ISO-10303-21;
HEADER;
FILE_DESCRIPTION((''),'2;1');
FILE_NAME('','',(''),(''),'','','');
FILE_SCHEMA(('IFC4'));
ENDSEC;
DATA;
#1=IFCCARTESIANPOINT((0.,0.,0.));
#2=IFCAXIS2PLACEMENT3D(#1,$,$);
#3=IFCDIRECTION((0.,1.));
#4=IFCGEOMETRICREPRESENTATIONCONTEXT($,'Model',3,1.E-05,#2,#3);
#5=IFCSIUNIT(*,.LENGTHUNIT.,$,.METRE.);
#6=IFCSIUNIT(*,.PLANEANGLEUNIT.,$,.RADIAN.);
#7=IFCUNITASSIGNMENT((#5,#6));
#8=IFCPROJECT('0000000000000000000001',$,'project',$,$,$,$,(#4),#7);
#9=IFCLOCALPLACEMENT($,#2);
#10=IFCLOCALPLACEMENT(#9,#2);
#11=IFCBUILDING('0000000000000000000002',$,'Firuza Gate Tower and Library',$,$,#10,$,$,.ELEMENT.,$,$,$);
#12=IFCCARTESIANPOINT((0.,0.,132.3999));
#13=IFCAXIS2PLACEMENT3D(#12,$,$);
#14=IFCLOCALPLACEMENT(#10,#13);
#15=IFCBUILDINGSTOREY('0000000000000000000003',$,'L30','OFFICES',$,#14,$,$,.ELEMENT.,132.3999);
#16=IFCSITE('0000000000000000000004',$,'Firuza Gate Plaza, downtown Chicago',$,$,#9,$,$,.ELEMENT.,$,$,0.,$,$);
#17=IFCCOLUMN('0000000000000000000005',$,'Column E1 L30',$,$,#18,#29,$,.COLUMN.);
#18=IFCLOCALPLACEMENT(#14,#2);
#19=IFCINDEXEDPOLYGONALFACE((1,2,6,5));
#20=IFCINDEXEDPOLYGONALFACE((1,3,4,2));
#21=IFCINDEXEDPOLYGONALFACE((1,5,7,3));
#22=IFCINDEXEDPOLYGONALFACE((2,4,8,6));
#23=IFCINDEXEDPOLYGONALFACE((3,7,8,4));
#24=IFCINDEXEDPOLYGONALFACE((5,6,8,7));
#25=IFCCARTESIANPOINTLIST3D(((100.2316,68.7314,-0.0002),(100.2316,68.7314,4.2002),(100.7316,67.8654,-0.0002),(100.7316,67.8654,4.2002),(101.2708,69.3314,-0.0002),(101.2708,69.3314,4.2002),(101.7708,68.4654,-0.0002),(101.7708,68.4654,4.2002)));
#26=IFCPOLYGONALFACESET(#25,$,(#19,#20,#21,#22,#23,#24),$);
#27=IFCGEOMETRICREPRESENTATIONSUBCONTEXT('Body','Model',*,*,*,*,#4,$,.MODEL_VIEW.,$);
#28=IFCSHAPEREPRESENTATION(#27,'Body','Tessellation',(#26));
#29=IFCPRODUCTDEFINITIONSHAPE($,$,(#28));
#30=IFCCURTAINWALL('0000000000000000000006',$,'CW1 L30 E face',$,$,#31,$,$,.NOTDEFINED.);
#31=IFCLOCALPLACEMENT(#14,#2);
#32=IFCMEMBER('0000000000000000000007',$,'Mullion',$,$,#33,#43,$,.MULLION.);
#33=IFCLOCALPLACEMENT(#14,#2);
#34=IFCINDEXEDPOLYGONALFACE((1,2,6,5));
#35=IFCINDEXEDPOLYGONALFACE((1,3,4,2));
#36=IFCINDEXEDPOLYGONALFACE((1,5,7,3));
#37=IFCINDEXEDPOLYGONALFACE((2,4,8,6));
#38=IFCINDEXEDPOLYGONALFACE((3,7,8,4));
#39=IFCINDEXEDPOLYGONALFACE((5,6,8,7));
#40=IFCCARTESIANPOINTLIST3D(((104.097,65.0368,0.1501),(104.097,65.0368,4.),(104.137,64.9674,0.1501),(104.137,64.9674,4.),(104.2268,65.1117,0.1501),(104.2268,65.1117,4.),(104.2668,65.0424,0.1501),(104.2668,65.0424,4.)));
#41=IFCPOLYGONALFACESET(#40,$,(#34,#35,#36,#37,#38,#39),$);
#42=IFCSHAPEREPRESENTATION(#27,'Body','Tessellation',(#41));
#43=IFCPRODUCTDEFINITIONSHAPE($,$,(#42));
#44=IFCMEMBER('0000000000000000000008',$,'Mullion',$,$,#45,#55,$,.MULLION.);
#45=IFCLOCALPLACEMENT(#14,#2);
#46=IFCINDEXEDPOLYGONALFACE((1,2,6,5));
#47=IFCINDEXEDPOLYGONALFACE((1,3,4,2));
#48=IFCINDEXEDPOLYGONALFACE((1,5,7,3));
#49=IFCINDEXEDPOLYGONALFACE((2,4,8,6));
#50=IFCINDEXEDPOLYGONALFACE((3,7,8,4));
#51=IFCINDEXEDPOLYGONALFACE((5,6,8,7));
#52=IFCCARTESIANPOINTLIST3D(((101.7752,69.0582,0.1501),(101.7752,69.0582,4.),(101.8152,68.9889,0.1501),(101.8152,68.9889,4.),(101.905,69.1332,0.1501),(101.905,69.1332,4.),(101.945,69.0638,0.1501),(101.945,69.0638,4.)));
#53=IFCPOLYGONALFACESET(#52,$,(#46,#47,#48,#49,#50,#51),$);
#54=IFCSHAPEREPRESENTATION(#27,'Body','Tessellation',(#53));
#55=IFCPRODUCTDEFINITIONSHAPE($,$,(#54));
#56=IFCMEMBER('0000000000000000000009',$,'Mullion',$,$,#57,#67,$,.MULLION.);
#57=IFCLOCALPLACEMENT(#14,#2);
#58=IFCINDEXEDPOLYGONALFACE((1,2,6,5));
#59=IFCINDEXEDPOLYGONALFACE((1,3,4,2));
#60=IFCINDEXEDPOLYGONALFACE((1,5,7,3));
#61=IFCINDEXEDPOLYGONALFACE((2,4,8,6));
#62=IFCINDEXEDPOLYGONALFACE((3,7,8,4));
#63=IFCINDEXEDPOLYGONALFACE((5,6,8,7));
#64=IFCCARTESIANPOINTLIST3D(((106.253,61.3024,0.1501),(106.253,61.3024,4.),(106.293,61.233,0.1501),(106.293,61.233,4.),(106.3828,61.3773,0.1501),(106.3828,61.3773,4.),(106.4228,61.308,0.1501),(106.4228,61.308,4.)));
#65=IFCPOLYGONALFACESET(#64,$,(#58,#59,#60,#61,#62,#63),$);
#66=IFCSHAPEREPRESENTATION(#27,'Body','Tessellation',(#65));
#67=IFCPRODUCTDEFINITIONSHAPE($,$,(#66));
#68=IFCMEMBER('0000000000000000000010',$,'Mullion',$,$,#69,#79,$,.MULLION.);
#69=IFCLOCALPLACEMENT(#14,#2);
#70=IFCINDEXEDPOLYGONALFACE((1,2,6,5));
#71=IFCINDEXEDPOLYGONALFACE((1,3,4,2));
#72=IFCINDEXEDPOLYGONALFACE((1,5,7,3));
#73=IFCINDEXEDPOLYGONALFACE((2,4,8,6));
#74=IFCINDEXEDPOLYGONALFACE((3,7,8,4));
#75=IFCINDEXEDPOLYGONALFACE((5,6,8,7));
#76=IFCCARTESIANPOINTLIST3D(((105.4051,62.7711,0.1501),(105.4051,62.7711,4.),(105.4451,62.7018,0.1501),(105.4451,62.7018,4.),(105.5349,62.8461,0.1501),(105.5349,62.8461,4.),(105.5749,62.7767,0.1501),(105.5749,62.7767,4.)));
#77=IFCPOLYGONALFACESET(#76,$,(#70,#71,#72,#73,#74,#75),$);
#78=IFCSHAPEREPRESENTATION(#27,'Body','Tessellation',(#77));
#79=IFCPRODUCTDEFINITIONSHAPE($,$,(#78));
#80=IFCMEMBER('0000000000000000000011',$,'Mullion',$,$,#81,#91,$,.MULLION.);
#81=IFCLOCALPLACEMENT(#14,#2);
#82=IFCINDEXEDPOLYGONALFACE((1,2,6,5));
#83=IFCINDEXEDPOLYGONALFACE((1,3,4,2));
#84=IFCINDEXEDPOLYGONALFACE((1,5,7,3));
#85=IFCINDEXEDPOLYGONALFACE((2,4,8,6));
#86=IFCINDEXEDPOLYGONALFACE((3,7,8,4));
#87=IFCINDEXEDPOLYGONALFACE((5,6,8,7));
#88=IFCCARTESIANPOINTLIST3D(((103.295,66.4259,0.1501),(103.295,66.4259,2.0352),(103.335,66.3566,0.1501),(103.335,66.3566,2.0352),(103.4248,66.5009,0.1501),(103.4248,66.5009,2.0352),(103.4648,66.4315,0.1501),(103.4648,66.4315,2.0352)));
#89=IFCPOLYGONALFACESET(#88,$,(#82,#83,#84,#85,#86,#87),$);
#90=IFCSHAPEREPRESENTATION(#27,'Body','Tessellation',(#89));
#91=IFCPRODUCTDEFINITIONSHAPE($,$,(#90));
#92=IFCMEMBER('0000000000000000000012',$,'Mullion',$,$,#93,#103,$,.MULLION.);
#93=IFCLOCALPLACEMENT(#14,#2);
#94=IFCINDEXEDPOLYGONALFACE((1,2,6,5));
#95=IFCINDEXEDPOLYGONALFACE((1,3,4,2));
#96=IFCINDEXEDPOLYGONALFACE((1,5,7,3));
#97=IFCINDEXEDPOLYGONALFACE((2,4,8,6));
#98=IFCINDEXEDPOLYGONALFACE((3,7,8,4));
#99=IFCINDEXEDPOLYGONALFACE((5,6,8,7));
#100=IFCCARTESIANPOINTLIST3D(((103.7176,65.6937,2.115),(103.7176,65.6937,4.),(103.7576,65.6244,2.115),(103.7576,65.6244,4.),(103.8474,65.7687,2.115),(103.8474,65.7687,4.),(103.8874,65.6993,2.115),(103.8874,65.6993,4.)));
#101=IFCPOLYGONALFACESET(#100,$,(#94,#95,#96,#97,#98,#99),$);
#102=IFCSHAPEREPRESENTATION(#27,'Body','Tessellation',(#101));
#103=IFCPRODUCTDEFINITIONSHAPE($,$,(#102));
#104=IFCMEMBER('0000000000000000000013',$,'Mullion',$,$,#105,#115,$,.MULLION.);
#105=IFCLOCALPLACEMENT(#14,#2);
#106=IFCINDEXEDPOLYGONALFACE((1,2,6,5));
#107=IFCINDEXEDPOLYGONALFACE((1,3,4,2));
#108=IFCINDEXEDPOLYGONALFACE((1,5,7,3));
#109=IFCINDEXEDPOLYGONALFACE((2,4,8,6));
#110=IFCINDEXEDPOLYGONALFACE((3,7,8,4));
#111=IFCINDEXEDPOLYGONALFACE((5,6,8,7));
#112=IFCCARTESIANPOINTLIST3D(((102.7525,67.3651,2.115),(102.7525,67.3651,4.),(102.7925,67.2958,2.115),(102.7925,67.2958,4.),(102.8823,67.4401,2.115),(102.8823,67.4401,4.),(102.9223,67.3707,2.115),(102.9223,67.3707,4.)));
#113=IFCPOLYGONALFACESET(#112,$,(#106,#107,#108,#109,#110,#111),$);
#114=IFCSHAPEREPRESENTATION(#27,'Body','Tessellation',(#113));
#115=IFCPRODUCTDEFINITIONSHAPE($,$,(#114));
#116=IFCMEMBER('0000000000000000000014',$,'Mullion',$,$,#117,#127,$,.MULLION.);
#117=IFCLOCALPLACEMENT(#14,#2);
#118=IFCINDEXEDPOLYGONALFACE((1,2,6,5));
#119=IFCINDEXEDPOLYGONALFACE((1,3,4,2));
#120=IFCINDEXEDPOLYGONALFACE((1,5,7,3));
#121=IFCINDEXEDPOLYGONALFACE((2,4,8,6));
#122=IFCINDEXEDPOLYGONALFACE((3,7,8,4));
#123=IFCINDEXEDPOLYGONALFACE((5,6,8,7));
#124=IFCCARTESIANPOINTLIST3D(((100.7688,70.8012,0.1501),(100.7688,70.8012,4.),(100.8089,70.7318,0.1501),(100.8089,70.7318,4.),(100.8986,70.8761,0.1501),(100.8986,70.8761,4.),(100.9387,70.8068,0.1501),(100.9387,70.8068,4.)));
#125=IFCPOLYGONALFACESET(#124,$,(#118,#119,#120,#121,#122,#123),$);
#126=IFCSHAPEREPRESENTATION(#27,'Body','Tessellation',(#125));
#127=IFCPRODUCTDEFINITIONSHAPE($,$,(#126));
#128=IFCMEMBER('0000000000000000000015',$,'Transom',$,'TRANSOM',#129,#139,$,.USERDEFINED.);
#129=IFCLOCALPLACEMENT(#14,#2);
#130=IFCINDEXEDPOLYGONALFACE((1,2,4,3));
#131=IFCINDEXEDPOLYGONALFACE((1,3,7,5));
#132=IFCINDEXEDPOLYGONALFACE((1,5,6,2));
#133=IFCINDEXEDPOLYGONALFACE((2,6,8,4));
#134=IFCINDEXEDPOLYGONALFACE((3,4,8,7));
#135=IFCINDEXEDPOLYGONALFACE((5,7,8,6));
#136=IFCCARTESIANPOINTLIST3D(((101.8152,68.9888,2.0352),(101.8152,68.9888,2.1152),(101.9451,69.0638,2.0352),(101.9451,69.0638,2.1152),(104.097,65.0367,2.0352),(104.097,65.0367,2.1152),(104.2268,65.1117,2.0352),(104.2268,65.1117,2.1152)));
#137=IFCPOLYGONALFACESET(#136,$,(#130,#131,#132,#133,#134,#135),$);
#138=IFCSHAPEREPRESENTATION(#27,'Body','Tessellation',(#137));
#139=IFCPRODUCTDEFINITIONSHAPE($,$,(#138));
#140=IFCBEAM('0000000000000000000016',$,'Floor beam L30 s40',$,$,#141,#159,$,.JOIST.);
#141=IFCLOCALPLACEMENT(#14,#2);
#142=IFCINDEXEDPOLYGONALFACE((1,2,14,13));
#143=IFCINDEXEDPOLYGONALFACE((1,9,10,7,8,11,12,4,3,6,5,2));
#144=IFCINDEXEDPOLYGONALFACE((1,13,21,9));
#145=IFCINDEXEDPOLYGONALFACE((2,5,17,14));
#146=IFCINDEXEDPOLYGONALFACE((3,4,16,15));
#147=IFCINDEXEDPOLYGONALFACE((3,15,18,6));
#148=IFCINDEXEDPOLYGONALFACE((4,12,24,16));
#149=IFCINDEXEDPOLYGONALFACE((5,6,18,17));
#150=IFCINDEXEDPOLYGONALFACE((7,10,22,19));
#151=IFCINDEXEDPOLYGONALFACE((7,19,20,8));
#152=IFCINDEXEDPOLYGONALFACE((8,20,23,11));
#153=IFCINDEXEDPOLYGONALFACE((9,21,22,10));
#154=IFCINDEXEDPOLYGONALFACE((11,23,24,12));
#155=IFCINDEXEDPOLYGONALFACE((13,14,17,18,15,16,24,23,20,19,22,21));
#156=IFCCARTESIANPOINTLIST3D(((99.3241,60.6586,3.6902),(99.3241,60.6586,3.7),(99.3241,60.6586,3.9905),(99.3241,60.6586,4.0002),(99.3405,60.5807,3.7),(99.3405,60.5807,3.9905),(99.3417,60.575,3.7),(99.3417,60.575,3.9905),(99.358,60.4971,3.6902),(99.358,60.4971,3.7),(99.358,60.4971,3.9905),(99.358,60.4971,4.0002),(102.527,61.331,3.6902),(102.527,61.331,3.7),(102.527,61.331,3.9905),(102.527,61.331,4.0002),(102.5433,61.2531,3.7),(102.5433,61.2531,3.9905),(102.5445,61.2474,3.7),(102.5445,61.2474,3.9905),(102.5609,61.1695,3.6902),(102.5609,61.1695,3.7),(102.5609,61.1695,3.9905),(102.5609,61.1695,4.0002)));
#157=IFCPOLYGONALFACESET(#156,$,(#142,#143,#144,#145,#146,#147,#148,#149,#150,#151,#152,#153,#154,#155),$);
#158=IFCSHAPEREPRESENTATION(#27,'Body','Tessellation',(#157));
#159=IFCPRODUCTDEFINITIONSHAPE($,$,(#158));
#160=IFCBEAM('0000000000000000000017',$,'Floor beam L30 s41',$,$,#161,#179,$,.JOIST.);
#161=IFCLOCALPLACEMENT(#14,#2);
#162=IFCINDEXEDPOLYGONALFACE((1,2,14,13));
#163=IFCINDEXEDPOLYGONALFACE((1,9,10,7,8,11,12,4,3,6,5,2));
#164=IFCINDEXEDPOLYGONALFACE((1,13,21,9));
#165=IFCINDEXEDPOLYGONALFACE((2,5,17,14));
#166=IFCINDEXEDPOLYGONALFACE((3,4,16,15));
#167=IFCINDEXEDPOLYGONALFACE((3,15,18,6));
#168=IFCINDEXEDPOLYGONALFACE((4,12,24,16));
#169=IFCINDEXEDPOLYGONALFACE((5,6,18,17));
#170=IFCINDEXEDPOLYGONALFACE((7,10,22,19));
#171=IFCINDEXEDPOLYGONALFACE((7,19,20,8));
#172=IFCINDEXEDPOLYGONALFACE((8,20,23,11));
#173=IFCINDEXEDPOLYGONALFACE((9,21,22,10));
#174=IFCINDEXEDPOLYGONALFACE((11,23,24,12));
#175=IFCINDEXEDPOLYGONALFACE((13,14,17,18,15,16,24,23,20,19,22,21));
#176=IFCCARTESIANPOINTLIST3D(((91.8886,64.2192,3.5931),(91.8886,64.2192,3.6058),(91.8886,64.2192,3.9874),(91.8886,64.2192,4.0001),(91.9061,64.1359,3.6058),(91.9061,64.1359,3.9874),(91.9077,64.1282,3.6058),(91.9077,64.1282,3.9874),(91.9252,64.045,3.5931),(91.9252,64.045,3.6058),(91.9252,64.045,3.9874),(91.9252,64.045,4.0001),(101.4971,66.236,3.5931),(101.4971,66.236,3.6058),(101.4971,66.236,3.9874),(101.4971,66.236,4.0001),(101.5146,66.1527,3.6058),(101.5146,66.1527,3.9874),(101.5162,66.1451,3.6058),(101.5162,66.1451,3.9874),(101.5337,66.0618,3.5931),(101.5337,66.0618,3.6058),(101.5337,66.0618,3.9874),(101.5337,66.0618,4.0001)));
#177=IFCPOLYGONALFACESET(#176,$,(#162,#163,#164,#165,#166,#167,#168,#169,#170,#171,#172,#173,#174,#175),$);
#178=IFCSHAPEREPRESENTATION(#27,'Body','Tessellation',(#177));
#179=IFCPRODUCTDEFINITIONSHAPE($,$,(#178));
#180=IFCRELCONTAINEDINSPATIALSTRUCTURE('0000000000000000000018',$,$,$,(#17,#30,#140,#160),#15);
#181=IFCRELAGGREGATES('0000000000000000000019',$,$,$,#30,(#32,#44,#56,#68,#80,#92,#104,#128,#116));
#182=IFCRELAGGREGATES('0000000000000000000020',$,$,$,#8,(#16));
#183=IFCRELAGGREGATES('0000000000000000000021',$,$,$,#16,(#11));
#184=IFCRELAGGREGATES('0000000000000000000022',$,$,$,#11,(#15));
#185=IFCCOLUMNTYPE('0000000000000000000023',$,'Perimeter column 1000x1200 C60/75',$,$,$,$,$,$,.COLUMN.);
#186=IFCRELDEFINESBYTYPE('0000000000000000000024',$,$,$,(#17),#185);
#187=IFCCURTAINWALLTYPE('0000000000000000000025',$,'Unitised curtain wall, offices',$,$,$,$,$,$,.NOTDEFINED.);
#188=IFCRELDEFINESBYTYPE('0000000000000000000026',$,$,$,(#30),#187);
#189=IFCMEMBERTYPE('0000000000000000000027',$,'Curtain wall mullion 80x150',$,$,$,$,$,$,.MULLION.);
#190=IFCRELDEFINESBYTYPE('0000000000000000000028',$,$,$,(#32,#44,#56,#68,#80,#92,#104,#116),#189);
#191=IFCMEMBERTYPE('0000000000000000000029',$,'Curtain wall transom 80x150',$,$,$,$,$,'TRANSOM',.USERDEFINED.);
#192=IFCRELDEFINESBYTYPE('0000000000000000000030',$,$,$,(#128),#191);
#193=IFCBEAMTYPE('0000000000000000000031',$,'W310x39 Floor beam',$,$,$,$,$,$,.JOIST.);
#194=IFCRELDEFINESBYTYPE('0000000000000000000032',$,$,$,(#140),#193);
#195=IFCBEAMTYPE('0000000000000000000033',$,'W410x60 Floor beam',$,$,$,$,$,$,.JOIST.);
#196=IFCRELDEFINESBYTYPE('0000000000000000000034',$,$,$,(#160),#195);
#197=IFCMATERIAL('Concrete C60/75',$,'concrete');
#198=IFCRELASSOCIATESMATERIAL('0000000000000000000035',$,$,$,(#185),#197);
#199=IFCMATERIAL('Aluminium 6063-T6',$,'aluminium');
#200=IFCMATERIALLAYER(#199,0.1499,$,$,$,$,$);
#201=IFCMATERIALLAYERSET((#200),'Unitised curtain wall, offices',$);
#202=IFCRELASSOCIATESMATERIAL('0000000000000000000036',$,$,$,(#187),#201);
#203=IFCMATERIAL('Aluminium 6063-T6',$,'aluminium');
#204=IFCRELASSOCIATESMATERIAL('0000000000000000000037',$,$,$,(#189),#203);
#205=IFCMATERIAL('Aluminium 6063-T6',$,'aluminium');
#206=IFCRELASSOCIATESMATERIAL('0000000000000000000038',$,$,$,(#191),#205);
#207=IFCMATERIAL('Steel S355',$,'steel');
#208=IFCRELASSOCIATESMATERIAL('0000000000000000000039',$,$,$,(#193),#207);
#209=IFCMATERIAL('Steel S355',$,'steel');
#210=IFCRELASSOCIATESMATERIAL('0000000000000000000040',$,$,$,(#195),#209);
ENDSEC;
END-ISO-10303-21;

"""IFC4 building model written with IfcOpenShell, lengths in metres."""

from ifc_helpers import new_model, si_unit, direction, frame, origin, origin_2d, place, context, subcontext, project, spatial, rectangle, i_section, extrude, material, layer, layer_set, material_profile, profile_set, type_object, element, aggregate, save


model = new_model("IFC4")

# Units and contexts
model_context = context("Model", 3, precision=1e-05, world=origin(), true_north=direction((0.0, 1.0)))
body_context = subcontext(model_context, "Body", "Model", "MODEL_VIEW")
ifc_project = project(units=[si_unit("LENGTHUNIT", "METRE"), si_unit("PLANEANGLEUNIT", "RADIAN")], contexts=[model_context])

# Site, building, storey
site_placement = place(None, origin())
site = spatial("IfcSite", under=ifc_project, at=site_placement, Name="Firuza Gate Plaza, downtown Chicago", CompositionType="ELEMENT", RefElevation=0.0)
building_placement = place(site_placement, origin())
building = spatial("IfcBuilding", under=site, at=building_placement, Name="Firuza Gate Tower and Library", CompositionType="ELEMENT")
storey_placement = place(building_placement, frame((0.0, 0.0, 132.3999)))
storey = spatial("IfcBuildingStorey", under=building, at=storey_placement, Name="L30", Description="OFFICES", CompositionType="ELEMENT", Elevation=132.3999)

# Column
ifc_material_1 = material(Name="Concrete C60/75", Category="concrete")
ifc_material_profile_1 = material_profile(ifc_material_1, rectangle(XDim=1.0, YDim=1.2, at=origin_2d()))
ifc_profile_set_1 = profile_set([ifc_material_profile_1], Name="Concrete C60/75")
column_type = type_object("IfcColumnType", Name="Perimeter column 1000x1200 C60/75", PredefinedType="COLUMN", material=ifc_profile_set_1)
column_placement = place(storey_placement, frame((101.0012, 68.5984, -0.0002), z_axis=(0.0, 0.0, 1.0), x_axis=(-0.5, 0.866025, 0.0)))
element("IfcColumn", 1, at=column_placement, inside=storey, type_object=column_type, Name="Column E1 L30", PredefinedType="COLUMN", context=body_context, shape_type="SweptSolid", body=[
    extrude(rectangle(XDim=1.0, YDim=1.2, at=origin_2d()), origin(), (0.0, 0.0, 1.0), 4.2004),
])

# Curtain wall, members
ifc_material_2 = material(Name="Aluminium 6063-T6", Category="aluminium")
ifc_layer_1 = layer(ifc_material_2, 0.1499)
ifc_layer_set_1 = layer_set([ifc_layer_1], Name="Unitised curtain wall, offices")
curtain_wall_type = type_object("IfcCurtainWallType", Name="Unitised curtain wall, offices", PredefinedType="NOTDEFINED", material=ifc_layer_set_1)
curtain_wall_placement = place(storey_placement, origin())
curtain_wall = element("IfcCurtainWall", 2, at=curtain_wall_placement, inside=storey, type_object=curtain_wall_type, Name="CW1 L30 E face", PredefinedType="NOTDEFINED")
ifc_material_3 = material(Name="Aluminium 6063-T6", Category="aluminium")
ifc_material_profile_2 = material_profile(ifc_material_3, rectangle(XDim=0.1499, YDim=0.0801, at=origin_2d()))
ifc_profile_set_2 = profile_set([ifc_material_profile_2], Name="Aluminium 6063-T6")
member_type_1 = type_object("IfcMemberType", Name="Curtain wall mullion 80x150", PredefinedType="MULLION", material=ifc_profile_set_2)
member_1_placement = place(storey_placement, frame((104.1819, 65.0396, 0.1501), z_axis=(0.0, 0.0, 1.0), x_axis=(-0.866025, -0.5, 0.0)))
member_1 = element("IfcMember", 3, at=member_1_placement, type_object=member_type_1, Name="Mullion", PredefinedType="MULLION", context=body_context, shape_type="SweptSolid", body=[
    extrude(rectangle(XDim=0.1499, YDim=0.0801, at=origin_2d()), origin(), (0.0, 0.0, 1.0), 3.8499),
])
member_2_placement = place(storey_placement, frame((101.8601, 69.061, 0.1501), z_axis=(0.0, 0.0, 1.0), x_axis=(-0.866025, -0.5, 0.0)))
member_2 = element("IfcMember", 4, at=member_2_placement, type_object=member_type_1, Name="Mullion", PredefinedType="MULLION", context=body_context, shape_type="SweptSolid", body=[
    extrude(rectangle(XDim=0.1499, YDim=0.0801, at=origin_2d()), origin(), (0.0, 0.0, 1.0), 3.8499),
])
member_3_placement = place(storey_placement, frame((106.3379, 61.3052, 0.1501), z_axis=(0.0, 0.0, 1.0), x_axis=(-0.866025, -0.5, 0.0)))
member_3 = element("IfcMember", 5, at=member_3_placement, type_object=member_type_1, Name="Mullion", PredefinedType="MULLION", context=body_context, shape_type="SweptSolid", body=[
    extrude(rectangle(XDim=0.1499, YDim=0.0801, at=origin_2d()), origin(), (0.0, 0.0, 1.0), 3.8499),
])
member_4_placement = place(storey_placement, frame((105.49, 62.7739, 0.1501), z_axis=(0.0, 0.0, 1.0), x_axis=(-0.866025, -0.5, 0.0)))
member_4 = element("IfcMember", 6, at=member_4_placement, type_object=member_type_1, Name="Mullion", PredefinedType="MULLION", context=body_context, shape_type="SweptSolid", body=[
    extrude(rectangle(XDim=0.1499, YDim=0.0801, at=origin_2d()), origin(), (0.0, 0.0, 1.0), 3.8499),
])
member_5_placement = place(storey_placement, frame((103.3799, 66.4287, 0.1501), z_axis=(0.0, 0.0, 1.0), x_axis=(-0.866025, -0.5, 0.0)))
member_5 = element("IfcMember", 7, at=member_5_placement, type_object=member_type_1, Name="Mullion", PredefinedType="MULLION", context=body_context, shape_type="SweptSolid", body=[
    extrude(rectangle(XDim=0.1499, YDim=0.0801, at=origin_2d()), origin(), (0.0, 0.0, 1.0), 1.885),
])
member_6_placement = place(storey_placement, frame((103.8025, 65.6965, 2.115), z_axis=(0.0, 0.0, 1.0), x_axis=(-0.866025, -0.5, 0.0)))
member_6 = element("IfcMember", 8, at=member_6_placement, type_object=member_type_1, Name="Mullion", PredefinedType="MULLION", context=body_context, shape_type="SweptSolid", body=[
    extrude(rectangle(XDim=0.1499, YDim=0.0801, at=origin_2d()), origin(), (0.0, 0.0, 1.0), 1.885),
])
member_7_placement = place(storey_placement, frame((102.8374, 67.3679, 2.115), z_axis=(0.0, 0.0, 1.0), x_axis=(-0.866025, -0.5, 0.0)))
member_7 = element("IfcMember", 9, at=member_7_placement, type_object=member_type_1, Name="Mullion", PredefinedType="MULLION", context=body_context, shape_type="SweptSolid", body=[
    extrude(rectangle(XDim=0.1499, YDim=0.0801, at=origin_2d()), origin(), (0.0, 0.0, 1.0), 1.885),
])
member_8_placement = place(storey_placement, frame((100.8538, 70.804, 0.1501), z_axis=(0.0, 0.0, 1.0), x_axis=(-0.866025, -0.5, 0.0)))
member_8 = element("IfcMember", 10, at=member_8_placement, type_object=member_type_1, Name="Mullion", PredefinedType="MULLION", context=body_context, shape_type="SweptSolid", body=[
    extrude(rectangle(XDim=0.1499, YDim=0.0801, at=origin_2d()), origin(), (0.0, 0.0, 1.0), 3.8499),
])
ifc_material_4 = material(Name="Aluminium 6063-T6", Category="aluminium")
ifc_material_profile_3 = material_profile(ifc_material_4, rectangle(XDim=0.1499, YDim=0.0801, at=origin_2d()))
ifc_profile_set_3 = profile_set([ifc_material_profile_3], Name="Aluminium 6063-T6")
member_type_2 = type_object("IfcMemberType", Name="Curtain wall transom 80x150", ElementType="TRANSOM", PredefinedType="USERDEFINED", material=ifc_profile_set_3)
member_9_placement = place(storey_placement, frame((104.1619, 65.0742, 2.0752), z_axis=(-0.499994, 0.866029, 0.0), x_axis=(-0.866029, -0.499994, 0.0)))
member_9 = element("IfcMember", 11, at=member_9_placement, type_object=member_type_2, Name="Transom", ObjectType="TRANSOM", PredefinedType="USERDEFINED", context=body_context, shape_type="SweptSolid", body=[
    extrude(rectangle(XDim=0.1499, YDim=0.0801, at=origin_2d()), origin(), (0.0, 0.0, 1.0), 4.5635),
])

# Beams
ifc_material_5 = material(Name="Steel S355", Category="steel")
ifc_material_profile_4 = material_profile(ifc_material_5, i_section(OverallWidth=0.165, OverallDepth=0.3101, WebThickness=0.0059, FlangeThickness=0.0098, at=origin_2d()))
ifc_profile_set_4 = profile_set([ifc_material_profile_4], Name="Steel S355")
beam_type_1 = type_object("IfcBeamType", Name="W310x39 Floor beam", PredefinedType="JOIST", material=ifc_profile_set_4)
beam_1_placement = place(storey_placement, frame((102.5439, 61.2502, 3.8452), z_axis=(-0.978668, -0.205446, 0.0), x_axis=(0.205446, -0.978668, 0.0)))
element("IfcBeam", 12, at=beam_1_placement, inside=storey, type_object=beam_type_1, Name="Floor beam L30 s40", PredefinedType="JOIST", context=body_context, shape_type="SweptSolid", body=[
    extrude(i_section(OverallWidth=0.165, OverallDepth=0.3101, WebThickness=0.0059, FlangeThickness=0.0098, at=origin_2d()), origin(), (0.0, 0.0, 1.0), 3.2727),
])
ifc_material_6 = material(Name="Steel S355", Category="steel")
ifc_material_profile_5 = material_profile(ifc_material_6, i_section(OverallWidth=0.178, OverallDepth=0.407, WebThickness=0.0078, FlangeThickness=0.0127, at=origin_2d()))
ifc_profile_set_5 = profile_set([ifc_material_profile_5], Name="Steel S355")
beam_type_2 = type_object("IfcBeamType", Name="W410x60 Floor beam", PredefinedType="JOIST", material=ifc_profile_set_5)
beam_2_placement = place(storey_placement, frame((101.5154, 66.1489, 3.7966), z_axis=(-0.978672, -0.205428, 0.0), x_axis=(0.205428, -0.978672, 0.0)))
element("IfcBeam", 13, at=beam_2_placement, inside=storey, type_object=beam_type_2, Name="Floor beam L30 s41", PredefinedType="JOIST", context=body_context, shape_type="SweptSolid", body=[
    extrude(i_section(OverallWidth=0.178, OverallDepth=0.407, WebThickness=0.0078, FlangeThickness=0.0127, at=origin_2d()), origin(), (0.0, 0.0, 1.0), 9.8179),
])

aggregate(curtain_wall, [member_1, member_2, member_3, member_4, member_5, member_6, member_7, member_9, member_8])

save(model, "model.ifc")
